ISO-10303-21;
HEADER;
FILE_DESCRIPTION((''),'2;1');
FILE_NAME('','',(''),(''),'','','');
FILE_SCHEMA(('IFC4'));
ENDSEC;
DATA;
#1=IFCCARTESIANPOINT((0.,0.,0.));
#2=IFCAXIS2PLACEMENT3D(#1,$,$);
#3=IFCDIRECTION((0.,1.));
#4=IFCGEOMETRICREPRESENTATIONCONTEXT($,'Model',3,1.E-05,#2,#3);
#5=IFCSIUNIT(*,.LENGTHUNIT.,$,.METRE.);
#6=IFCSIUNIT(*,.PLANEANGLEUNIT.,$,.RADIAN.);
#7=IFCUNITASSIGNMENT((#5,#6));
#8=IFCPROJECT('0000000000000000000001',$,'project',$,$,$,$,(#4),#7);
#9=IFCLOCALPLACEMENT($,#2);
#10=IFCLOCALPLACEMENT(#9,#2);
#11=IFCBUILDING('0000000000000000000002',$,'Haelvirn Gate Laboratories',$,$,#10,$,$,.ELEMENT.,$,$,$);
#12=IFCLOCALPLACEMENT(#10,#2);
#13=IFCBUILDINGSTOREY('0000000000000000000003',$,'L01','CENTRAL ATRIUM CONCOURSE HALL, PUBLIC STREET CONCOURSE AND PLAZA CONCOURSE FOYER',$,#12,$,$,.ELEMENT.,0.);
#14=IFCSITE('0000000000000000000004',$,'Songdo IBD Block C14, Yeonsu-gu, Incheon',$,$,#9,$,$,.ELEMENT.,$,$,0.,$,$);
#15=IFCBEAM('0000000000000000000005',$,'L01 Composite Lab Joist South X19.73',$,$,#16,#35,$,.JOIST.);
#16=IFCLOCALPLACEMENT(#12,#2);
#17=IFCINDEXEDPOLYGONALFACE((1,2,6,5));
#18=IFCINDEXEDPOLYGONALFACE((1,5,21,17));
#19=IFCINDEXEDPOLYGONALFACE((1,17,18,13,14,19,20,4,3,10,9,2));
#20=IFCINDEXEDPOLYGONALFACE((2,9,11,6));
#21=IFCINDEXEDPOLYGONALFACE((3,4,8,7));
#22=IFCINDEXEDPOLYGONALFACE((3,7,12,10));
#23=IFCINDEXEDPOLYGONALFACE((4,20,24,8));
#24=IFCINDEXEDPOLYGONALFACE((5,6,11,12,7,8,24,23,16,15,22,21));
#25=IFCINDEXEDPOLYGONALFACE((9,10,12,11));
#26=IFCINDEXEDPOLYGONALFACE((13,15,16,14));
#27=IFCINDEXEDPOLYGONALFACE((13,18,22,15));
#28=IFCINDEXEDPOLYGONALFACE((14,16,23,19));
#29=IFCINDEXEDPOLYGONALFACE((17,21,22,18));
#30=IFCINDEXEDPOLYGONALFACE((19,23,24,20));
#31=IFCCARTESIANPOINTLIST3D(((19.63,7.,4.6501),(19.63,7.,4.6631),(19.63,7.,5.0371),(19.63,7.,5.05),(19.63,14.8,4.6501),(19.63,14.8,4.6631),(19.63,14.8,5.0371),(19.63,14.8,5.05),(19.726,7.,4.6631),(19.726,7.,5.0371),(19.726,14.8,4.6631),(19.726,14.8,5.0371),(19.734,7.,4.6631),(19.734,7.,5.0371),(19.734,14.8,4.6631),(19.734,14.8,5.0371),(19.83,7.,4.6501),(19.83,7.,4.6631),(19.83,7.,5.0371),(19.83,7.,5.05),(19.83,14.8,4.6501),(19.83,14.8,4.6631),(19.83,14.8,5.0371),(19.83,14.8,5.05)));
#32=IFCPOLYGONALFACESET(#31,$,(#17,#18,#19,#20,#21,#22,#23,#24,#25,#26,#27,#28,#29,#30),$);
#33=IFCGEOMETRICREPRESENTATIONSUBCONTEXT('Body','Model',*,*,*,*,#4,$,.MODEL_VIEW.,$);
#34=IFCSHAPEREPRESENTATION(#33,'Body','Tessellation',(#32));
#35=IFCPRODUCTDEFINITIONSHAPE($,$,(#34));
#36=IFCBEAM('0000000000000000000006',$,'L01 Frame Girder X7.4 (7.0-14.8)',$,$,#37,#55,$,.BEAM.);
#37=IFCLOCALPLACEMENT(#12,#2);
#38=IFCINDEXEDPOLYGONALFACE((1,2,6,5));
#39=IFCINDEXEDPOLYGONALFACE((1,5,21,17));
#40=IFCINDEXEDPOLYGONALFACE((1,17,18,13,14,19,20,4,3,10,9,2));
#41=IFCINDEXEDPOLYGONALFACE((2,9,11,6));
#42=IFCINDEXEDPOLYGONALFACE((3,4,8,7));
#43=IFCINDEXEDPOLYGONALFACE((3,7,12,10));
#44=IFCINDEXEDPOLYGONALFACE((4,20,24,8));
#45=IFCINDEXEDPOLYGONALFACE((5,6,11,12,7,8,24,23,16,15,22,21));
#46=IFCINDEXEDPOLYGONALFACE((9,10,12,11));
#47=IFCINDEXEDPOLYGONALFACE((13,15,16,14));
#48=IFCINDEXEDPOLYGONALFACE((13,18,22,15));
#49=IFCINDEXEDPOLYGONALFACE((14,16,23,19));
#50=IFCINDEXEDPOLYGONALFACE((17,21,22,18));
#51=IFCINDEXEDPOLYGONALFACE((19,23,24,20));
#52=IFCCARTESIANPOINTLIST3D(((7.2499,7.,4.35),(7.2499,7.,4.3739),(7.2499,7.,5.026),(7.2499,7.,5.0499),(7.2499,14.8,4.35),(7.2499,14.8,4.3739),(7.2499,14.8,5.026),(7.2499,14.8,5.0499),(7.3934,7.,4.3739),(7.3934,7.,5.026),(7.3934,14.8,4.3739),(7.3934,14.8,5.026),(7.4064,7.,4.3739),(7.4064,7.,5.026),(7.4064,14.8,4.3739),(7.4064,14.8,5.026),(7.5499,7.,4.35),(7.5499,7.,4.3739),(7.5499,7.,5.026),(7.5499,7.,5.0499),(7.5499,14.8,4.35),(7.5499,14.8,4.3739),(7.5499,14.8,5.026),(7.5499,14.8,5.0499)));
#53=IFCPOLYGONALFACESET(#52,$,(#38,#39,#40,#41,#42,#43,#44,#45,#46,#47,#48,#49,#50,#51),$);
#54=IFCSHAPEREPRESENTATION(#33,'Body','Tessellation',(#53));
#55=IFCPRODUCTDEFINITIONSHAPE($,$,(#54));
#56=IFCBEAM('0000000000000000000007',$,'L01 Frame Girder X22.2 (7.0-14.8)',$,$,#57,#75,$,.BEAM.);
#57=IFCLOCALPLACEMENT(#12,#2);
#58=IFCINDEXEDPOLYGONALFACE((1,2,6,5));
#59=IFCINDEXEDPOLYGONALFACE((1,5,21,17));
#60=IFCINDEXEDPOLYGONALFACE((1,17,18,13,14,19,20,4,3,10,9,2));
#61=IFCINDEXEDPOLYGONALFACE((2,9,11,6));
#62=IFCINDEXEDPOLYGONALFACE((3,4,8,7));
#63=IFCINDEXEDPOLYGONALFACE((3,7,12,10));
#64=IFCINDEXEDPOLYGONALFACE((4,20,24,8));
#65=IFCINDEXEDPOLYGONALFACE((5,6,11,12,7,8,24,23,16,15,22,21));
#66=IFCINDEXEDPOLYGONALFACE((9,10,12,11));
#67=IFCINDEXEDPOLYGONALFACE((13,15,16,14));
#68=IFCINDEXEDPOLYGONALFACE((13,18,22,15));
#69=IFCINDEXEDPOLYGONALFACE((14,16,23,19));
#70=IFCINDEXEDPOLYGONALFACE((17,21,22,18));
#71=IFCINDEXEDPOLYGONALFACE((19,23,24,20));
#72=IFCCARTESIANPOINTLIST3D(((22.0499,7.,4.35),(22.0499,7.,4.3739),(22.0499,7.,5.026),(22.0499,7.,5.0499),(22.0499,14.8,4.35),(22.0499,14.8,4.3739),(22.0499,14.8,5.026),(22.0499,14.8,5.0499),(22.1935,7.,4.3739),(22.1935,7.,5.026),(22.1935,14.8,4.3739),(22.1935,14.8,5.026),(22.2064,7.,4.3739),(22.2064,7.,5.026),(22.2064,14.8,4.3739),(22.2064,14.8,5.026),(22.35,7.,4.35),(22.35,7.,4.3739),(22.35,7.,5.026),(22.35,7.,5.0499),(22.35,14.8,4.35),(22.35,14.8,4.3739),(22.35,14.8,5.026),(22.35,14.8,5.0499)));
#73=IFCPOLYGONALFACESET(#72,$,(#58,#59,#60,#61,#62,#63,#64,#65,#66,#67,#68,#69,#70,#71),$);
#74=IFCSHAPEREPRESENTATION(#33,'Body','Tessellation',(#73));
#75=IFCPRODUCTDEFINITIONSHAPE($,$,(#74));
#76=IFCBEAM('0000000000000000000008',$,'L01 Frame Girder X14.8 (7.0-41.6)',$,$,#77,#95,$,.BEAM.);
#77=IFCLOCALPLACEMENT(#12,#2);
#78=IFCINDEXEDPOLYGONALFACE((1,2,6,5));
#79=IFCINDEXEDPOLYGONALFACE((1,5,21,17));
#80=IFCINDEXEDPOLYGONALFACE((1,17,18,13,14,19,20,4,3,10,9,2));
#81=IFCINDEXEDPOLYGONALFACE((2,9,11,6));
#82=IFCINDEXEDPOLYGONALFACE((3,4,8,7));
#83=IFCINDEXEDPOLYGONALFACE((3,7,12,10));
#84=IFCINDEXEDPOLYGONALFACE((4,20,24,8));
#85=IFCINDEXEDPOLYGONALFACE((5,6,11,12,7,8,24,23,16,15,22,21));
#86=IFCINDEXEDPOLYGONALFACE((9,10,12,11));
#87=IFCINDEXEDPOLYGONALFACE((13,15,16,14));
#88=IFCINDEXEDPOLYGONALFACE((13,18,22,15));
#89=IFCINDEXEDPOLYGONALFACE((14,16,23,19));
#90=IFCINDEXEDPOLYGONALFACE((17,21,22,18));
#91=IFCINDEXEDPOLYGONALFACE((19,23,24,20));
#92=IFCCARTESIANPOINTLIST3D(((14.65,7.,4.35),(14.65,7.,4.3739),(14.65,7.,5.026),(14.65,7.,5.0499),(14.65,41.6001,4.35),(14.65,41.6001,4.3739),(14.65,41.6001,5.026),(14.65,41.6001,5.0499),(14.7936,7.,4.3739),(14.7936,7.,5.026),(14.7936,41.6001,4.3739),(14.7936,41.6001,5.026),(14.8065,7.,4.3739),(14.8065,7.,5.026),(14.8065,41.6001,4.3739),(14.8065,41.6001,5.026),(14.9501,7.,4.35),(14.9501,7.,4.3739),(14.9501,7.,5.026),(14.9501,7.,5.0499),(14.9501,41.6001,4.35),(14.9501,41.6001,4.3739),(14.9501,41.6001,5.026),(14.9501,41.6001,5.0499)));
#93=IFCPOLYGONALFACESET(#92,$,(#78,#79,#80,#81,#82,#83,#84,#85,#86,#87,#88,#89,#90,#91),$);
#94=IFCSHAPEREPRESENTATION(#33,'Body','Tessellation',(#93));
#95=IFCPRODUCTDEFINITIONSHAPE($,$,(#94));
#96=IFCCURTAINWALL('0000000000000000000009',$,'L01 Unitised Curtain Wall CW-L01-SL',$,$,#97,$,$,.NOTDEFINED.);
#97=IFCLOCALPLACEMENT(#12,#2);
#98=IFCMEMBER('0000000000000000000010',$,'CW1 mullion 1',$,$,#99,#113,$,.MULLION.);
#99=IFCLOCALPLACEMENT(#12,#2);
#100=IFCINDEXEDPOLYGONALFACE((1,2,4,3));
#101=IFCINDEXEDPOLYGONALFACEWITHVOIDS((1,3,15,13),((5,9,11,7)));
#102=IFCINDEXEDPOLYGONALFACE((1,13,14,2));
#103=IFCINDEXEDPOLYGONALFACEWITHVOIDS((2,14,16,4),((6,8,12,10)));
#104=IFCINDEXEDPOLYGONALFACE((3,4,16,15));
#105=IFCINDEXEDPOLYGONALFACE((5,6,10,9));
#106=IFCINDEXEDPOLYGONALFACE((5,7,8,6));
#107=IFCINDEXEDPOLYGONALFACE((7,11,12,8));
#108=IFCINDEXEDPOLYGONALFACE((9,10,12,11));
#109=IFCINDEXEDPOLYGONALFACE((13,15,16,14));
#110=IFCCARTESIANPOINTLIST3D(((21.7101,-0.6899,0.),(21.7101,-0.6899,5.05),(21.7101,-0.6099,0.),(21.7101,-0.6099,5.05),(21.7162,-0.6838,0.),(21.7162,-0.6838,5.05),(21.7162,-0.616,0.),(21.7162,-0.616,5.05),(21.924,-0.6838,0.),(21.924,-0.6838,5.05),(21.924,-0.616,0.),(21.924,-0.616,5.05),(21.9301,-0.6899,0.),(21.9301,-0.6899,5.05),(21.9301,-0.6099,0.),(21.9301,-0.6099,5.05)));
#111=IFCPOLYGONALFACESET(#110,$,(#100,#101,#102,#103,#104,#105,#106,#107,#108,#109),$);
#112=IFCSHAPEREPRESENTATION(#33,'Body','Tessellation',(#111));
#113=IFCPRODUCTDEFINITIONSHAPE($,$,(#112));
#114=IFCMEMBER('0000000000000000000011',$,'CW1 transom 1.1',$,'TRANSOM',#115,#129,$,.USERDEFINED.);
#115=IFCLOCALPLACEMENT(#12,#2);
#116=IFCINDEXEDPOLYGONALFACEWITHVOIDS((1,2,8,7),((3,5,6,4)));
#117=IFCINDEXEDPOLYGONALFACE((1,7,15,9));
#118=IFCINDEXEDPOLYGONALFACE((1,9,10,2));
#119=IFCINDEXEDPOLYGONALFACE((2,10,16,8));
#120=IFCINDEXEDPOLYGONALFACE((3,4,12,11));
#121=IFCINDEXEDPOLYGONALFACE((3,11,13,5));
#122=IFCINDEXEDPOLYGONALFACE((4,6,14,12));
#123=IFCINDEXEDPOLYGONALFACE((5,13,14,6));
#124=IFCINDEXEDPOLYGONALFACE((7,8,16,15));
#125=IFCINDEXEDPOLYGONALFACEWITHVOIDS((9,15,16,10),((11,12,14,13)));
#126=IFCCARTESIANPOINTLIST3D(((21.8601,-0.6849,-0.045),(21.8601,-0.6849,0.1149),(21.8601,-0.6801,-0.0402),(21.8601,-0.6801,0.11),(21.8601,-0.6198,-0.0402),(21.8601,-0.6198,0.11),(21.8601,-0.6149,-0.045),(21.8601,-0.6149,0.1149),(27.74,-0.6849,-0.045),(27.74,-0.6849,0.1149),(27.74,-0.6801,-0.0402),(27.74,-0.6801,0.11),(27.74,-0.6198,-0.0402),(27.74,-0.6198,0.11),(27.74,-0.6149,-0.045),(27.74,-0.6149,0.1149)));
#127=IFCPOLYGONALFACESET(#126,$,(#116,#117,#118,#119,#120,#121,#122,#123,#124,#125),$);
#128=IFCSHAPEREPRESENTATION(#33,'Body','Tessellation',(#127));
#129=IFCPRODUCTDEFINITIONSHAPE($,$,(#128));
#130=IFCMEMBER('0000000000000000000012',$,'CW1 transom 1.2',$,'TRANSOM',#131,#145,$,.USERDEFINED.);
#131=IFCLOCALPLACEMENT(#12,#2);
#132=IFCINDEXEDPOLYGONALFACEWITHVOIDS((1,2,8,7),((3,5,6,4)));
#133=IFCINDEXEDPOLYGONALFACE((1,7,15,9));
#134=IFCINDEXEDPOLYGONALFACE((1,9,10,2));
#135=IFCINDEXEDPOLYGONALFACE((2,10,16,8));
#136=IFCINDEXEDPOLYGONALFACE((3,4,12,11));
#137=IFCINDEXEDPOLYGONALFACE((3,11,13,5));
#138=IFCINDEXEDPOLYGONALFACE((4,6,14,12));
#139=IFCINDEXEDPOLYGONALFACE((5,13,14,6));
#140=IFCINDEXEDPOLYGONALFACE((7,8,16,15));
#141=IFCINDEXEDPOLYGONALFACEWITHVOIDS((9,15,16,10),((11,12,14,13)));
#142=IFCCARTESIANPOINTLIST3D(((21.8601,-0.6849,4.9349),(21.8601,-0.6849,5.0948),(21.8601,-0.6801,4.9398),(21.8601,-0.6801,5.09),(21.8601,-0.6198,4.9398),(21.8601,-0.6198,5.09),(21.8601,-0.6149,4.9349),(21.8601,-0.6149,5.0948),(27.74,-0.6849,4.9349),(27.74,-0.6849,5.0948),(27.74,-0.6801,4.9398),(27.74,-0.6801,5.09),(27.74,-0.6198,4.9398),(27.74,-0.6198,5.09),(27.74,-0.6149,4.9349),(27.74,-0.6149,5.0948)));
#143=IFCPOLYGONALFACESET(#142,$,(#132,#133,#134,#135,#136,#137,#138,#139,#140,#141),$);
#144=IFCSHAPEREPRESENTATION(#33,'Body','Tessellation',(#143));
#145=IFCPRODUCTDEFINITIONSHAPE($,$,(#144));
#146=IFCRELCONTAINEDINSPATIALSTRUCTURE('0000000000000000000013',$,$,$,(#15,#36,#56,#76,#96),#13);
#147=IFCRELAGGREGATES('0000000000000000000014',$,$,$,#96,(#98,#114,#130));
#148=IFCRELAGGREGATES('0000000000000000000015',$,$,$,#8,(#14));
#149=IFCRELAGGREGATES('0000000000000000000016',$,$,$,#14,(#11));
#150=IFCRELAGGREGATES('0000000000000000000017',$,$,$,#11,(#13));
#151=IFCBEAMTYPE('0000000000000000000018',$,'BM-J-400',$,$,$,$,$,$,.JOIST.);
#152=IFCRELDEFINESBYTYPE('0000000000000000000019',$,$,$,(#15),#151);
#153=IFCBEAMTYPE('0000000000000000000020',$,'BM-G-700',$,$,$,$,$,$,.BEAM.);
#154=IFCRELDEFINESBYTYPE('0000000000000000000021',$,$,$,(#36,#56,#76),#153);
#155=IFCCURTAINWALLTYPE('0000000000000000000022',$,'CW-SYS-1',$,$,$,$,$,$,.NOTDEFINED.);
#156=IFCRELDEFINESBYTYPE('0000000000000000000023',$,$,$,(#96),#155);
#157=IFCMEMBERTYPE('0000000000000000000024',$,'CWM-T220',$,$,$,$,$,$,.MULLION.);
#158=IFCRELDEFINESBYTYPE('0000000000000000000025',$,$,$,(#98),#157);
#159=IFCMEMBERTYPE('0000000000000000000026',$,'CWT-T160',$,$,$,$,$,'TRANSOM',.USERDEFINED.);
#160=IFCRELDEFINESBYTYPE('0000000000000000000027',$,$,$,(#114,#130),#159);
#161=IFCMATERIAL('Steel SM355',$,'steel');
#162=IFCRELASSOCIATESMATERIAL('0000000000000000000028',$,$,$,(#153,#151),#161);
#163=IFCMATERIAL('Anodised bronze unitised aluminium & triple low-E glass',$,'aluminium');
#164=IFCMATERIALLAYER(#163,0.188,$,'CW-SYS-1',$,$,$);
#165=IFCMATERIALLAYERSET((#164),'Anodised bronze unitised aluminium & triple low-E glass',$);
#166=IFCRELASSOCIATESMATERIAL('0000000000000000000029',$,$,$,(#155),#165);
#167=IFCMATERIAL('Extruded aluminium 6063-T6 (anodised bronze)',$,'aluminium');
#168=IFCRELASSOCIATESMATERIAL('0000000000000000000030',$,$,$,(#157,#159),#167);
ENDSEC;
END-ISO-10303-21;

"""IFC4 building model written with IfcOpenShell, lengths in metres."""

from ifc_helpers import new_model, si_unit, direction, frame, origin, origin_2d, place, context, subcontext, project, spatial, hollow_rectangle, i_section, extrude, source, transform, mapped, material, layer, layer_set, material_profile, profile_set, type_object, type_shapes, element, aggregate, save


model = new_model("IFC4")

# Units and contexts
model_context = context("Model", 3, precision=1e-05, world=origin(), true_north=direction((0.0, 1.0)))
body_context = subcontext(model_context, "Body", "Model", "MODEL_VIEW")
ifc_project = project(units=[si_unit("LENGTHUNIT", "METRE"), si_unit("PLANEANGLEUNIT", "RADIAN")], contexts=[model_context])

# Site, building, storey
site_placement = place(None, origin())
site = spatial("IfcSite", under=ifc_project, at=site_placement, Name="Songdo IBD Block C14, Yeonsu-gu, Incheon", CompositionType="ELEMENT", RefElevation=0.0)
building_placement = place(site_placement, origin())
building = spatial("IfcBuilding", under=site, at=building_placement, Name="Haelvirn Gate Laboratories", CompositionType="ELEMENT")
storey_placement = place(building_placement, origin())
storey = spatial("IfcBuildingStorey", under=building, at=storey_placement, Name="L01", Description="CENTRAL ATRIUM CONCOURSE HALL, PUBLIC STREET CONCOURSE AND PLAZA CONCOURSE FOYER", CompositionType="ELEMENT", Elevation=0.0)

# Beams
ifc_material_1 = material(Name="Steel SM355", Category="steel")
ifc_material_profile_1 = material_profile(ifc_material_1, i_section(OverallWidth=0.3, OverallDepth=0.7, WebThickness=0.0129, FlangeThickness=0.0239, at=origin_2d()), Name="H-700x300x13x24")
ifc_profile_set_1 = profile_set([ifc_material_profile_1], Name="Steel SM355")
beam_type_1 = type_object("IfcBeamType", Name="BM-G-700", PredefinedType="BEAM", material=ifc_profile_set_1)
ifc_material_profile_2 = material_profile(ifc_material_1, i_section(OverallWidth=0.2, OverallDepth=0.3999, WebThickness=0.0081, FlangeThickness=0.0129, at=origin_2d()), Name="H-400x200x8x13")
ifc_profile_set_2 = profile_set([ifc_material_profile_2], Name="Steel SM355")
beam_type_2 = type_object("IfcBeamType", Name="BM-J-400", PredefinedType="JOIST", material=ifc_profile_set_2)
shared_shape_1 = source(origin(), body_context, "Body", "SweptSolid", [
    extrude(i_section(OverallWidth=0.2, OverallDepth=0.3999, WebThickness=0.0081, FlangeThickness=0.0129, at=origin_2d()), origin(), (0.0, 0.0, 1.0), 7.8),
])
type_shapes(beam_type_2, [shared_shape_1])
for number, where, z_axis, x_axis, name in (
    (1, (19.73, 7.0, 4.8501), (0.0, 1.0, 0.0), (-1.0, 0.0, 0.0), "L01 Composite Lab Joist South X19.73"),
):
    element("IfcBeam", number, at=place(storey_placement, frame(where, z_axis=z_axis, x_axis=x_axis)), inside=storey, type_object=beam_type_2, Name=name, PredefinedType="JOIST", context=body_context, shape_type="MappedRepresentation", body=[
        mapped(shared_shape_1, transform((0.0, 0.0, 0.0), scale=1.0)),
    ])
shared_shape_2 = source(origin(), body_context, "Body", "SweptSolid", [
    extrude(i_section(OverallWidth=0.3, OverallDepth=0.7, WebThickness=0.0129, FlangeThickness=0.0239, at=origin_2d()), origin(), (0.0, 0.0, 1.0), 7.8),
])
for number, where, z_axis, x_axis, name in (
    (2, (7.3999, 7.0, 4.7), (0.0, 1.0, 0.0), (-1.0, 0.0, 0.0), "L01 Frame Girder X7.4 (7.0-14.8)"),
    (3, (22.2, 7.0, 4.7), (0.0, 1.0, 0.0), (-1.0, 0.0, 0.0), "L01 Frame Girder X22.2 (7.0-14.8)"),
):
    element("IfcBeam", number, at=place(storey_placement, frame(where, z_axis=z_axis, x_axis=x_axis)), inside=storey, type_object=beam_type_1, Name=name, PredefinedType="BEAM", context=body_context, shape_type="MappedRepresentation", body=[
        mapped(shared_shape_2, transform((0.0, 0.0, 0.0), scale=1.0)),
    ])
shared_shape_3 = source(origin(), body_context, "Body", "SweptSolid", [
    extrude(i_section(OverallWidth=0.3, OverallDepth=0.7, WebThickness=0.0129, FlangeThickness=0.0239, at=origin_2d()), origin(), (0.0, 0.0, 1.0), 34.6001),
])
beam_1_placement = place(storey_placement, frame((14.8, 7.0, 4.7), z_axis=(0.0, 1.0, 0.0), x_axis=(-1.0, 0.0, 0.0)))
element("IfcBeam", 4, at=beam_1_placement, inside=storey, type_object=beam_type_1, Name="L01 Frame Girder X14.8 (7.0-41.6)", PredefinedType="BEAM", context=body_context, shape_type="MappedRepresentation", body=[
    mapped(shared_shape_3, transform((0.0, 0.0, 0.0), scale=1.0)),
])

# Curtain wall, members
ifc_material_2 = material(Name="Anodised bronze unitised aluminium & triple low-E glass", Category="aluminium")
ifc_layer_1 = layer(ifc_material_2, 0.188, Name="CW-SYS-1")
ifc_layer_set_1 = layer_set([ifc_layer_1], Name="Anodised bronze unitised aluminium & triple low-E glass")
curtain_wall_type = type_object("IfcCurtainWallType", Name="CW-SYS-1", PredefinedType="NOTDEFINED", material=ifc_layer_set_1)
curtain_wall_placement = place(storey_placement, origin())
curtain_wall = element("IfcCurtainWall", 5, at=curtain_wall_placement, inside=storey, type_object=curtain_wall_type, Name="L01 Unitised Curtain Wall CW-L01-SL", PredefinedType="NOTDEFINED")
ifc_material_3 = material(Name="Extruded aluminium 6063-T6 (anodised bronze)", Category="aluminium")
ifc_material_profile_3 = material_profile(ifc_material_3, hollow_rectangle(XDim=0.0801, YDim=0.22, WallThickness=0.0061, at=origin_2d()), Name="CWM-220x80x6")
ifc_profile_set_3 = profile_set([ifc_material_profile_3], Name="Extruded aluminium 6063-T6 (anodised bronze)")
member_type_1 = type_object("IfcMemberType", Name="CWM-T220", PredefinedType="MULLION", material=ifc_profile_set_3)
shared_shape_4 = source(origin(), body_context, "Body", "SweptSolid", [
    extrude(hollow_rectangle(XDim=0.0801, YDim=0.22, WallThickness=0.0061, at=origin_2d()), origin(), (0.0, 0.0, 1.0), 5.05),
])
type_shapes(member_type_1, [shared_shape_4])
member_1_placement = place(storey_placement, frame((21.8201, -0.6499, 0.0), z_axis=(0.0, 0.0, 1.0), x_axis=(0.0, 1.0, 0.0)))
member_1 = element("IfcMember", 6, at=member_1_placement, type_object=member_type_1, Name="CW1 mullion 1", PredefinedType="MULLION", context=body_context, shape_type="MappedRepresentation", body=[
    mapped(shared_shape_4, transform((0.0, 0.0, 0.0), scale=1.0)),
])
ifc_material_profile_4 = material_profile(ifc_material_3, hollow_rectangle(XDim=0.0701, YDim=0.1599, WallThickness=0.0049, at=origin_2d()), Name="CWT-160x70x5")
ifc_profile_set_4 = profile_set([ifc_material_profile_4], Name="Extruded aluminium 6063-T6 (anodised bronze)")
member_type_2 = type_object("IfcMemberType", Name="CWT-T160", ElementType="TRANSOM", PredefinedType="USERDEFINED", material=ifc_profile_set_4)
shared_shape_5 = source(origin(), body_context, "Body", "SweptSolid", [
    extrude(hollow_rectangle(XDim=0.0701, YDim=0.1599, WallThickness=0.0049, at=origin_2d()), origin(), (0.0, 0.0, 1.0), 5.8799),
])
type_shapes(member_type_2, [shared_shape_5])
member_2_placement = place(storey_placement, frame((21.8601, -0.6499, 0.0349), z_axis=(1.0, 0.0, 0.0), x_axis=(0.0, 1.0, 0.0)))
member_2 = element("IfcMember", 7, at=member_2_placement, type_object=member_type_2, Name="CW1 transom 1.1", ObjectType="TRANSOM", PredefinedType="USERDEFINED", context=body_context, shape_type="MappedRepresentation", body=[
    mapped(shared_shape_5, transform((0.0, 0.0, 0.0), scale=1.0)),
])
member_3_placement = place(storey_placement, frame((21.8601, -0.6499, 5.0149), z_axis=(1.0, 0.0, 0.0), x_axis=(0.0, 1.0, 0.0)))
member_3 = element("IfcMember", 8, at=member_3_placement, type_object=member_type_2, Name="CW1 transom 1.2", ObjectType="TRANSOM", PredefinedType="USERDEFINED", context=body_context, shape_type="MappedRepresentation", body=[
    mapped(shared_shape_5, transform((0.0, 0.0, 0.0), scale=1.0)),
])
aggregate(curtain_wall, [member_1, member_2, member_3])

save(model, "model.ifc")
